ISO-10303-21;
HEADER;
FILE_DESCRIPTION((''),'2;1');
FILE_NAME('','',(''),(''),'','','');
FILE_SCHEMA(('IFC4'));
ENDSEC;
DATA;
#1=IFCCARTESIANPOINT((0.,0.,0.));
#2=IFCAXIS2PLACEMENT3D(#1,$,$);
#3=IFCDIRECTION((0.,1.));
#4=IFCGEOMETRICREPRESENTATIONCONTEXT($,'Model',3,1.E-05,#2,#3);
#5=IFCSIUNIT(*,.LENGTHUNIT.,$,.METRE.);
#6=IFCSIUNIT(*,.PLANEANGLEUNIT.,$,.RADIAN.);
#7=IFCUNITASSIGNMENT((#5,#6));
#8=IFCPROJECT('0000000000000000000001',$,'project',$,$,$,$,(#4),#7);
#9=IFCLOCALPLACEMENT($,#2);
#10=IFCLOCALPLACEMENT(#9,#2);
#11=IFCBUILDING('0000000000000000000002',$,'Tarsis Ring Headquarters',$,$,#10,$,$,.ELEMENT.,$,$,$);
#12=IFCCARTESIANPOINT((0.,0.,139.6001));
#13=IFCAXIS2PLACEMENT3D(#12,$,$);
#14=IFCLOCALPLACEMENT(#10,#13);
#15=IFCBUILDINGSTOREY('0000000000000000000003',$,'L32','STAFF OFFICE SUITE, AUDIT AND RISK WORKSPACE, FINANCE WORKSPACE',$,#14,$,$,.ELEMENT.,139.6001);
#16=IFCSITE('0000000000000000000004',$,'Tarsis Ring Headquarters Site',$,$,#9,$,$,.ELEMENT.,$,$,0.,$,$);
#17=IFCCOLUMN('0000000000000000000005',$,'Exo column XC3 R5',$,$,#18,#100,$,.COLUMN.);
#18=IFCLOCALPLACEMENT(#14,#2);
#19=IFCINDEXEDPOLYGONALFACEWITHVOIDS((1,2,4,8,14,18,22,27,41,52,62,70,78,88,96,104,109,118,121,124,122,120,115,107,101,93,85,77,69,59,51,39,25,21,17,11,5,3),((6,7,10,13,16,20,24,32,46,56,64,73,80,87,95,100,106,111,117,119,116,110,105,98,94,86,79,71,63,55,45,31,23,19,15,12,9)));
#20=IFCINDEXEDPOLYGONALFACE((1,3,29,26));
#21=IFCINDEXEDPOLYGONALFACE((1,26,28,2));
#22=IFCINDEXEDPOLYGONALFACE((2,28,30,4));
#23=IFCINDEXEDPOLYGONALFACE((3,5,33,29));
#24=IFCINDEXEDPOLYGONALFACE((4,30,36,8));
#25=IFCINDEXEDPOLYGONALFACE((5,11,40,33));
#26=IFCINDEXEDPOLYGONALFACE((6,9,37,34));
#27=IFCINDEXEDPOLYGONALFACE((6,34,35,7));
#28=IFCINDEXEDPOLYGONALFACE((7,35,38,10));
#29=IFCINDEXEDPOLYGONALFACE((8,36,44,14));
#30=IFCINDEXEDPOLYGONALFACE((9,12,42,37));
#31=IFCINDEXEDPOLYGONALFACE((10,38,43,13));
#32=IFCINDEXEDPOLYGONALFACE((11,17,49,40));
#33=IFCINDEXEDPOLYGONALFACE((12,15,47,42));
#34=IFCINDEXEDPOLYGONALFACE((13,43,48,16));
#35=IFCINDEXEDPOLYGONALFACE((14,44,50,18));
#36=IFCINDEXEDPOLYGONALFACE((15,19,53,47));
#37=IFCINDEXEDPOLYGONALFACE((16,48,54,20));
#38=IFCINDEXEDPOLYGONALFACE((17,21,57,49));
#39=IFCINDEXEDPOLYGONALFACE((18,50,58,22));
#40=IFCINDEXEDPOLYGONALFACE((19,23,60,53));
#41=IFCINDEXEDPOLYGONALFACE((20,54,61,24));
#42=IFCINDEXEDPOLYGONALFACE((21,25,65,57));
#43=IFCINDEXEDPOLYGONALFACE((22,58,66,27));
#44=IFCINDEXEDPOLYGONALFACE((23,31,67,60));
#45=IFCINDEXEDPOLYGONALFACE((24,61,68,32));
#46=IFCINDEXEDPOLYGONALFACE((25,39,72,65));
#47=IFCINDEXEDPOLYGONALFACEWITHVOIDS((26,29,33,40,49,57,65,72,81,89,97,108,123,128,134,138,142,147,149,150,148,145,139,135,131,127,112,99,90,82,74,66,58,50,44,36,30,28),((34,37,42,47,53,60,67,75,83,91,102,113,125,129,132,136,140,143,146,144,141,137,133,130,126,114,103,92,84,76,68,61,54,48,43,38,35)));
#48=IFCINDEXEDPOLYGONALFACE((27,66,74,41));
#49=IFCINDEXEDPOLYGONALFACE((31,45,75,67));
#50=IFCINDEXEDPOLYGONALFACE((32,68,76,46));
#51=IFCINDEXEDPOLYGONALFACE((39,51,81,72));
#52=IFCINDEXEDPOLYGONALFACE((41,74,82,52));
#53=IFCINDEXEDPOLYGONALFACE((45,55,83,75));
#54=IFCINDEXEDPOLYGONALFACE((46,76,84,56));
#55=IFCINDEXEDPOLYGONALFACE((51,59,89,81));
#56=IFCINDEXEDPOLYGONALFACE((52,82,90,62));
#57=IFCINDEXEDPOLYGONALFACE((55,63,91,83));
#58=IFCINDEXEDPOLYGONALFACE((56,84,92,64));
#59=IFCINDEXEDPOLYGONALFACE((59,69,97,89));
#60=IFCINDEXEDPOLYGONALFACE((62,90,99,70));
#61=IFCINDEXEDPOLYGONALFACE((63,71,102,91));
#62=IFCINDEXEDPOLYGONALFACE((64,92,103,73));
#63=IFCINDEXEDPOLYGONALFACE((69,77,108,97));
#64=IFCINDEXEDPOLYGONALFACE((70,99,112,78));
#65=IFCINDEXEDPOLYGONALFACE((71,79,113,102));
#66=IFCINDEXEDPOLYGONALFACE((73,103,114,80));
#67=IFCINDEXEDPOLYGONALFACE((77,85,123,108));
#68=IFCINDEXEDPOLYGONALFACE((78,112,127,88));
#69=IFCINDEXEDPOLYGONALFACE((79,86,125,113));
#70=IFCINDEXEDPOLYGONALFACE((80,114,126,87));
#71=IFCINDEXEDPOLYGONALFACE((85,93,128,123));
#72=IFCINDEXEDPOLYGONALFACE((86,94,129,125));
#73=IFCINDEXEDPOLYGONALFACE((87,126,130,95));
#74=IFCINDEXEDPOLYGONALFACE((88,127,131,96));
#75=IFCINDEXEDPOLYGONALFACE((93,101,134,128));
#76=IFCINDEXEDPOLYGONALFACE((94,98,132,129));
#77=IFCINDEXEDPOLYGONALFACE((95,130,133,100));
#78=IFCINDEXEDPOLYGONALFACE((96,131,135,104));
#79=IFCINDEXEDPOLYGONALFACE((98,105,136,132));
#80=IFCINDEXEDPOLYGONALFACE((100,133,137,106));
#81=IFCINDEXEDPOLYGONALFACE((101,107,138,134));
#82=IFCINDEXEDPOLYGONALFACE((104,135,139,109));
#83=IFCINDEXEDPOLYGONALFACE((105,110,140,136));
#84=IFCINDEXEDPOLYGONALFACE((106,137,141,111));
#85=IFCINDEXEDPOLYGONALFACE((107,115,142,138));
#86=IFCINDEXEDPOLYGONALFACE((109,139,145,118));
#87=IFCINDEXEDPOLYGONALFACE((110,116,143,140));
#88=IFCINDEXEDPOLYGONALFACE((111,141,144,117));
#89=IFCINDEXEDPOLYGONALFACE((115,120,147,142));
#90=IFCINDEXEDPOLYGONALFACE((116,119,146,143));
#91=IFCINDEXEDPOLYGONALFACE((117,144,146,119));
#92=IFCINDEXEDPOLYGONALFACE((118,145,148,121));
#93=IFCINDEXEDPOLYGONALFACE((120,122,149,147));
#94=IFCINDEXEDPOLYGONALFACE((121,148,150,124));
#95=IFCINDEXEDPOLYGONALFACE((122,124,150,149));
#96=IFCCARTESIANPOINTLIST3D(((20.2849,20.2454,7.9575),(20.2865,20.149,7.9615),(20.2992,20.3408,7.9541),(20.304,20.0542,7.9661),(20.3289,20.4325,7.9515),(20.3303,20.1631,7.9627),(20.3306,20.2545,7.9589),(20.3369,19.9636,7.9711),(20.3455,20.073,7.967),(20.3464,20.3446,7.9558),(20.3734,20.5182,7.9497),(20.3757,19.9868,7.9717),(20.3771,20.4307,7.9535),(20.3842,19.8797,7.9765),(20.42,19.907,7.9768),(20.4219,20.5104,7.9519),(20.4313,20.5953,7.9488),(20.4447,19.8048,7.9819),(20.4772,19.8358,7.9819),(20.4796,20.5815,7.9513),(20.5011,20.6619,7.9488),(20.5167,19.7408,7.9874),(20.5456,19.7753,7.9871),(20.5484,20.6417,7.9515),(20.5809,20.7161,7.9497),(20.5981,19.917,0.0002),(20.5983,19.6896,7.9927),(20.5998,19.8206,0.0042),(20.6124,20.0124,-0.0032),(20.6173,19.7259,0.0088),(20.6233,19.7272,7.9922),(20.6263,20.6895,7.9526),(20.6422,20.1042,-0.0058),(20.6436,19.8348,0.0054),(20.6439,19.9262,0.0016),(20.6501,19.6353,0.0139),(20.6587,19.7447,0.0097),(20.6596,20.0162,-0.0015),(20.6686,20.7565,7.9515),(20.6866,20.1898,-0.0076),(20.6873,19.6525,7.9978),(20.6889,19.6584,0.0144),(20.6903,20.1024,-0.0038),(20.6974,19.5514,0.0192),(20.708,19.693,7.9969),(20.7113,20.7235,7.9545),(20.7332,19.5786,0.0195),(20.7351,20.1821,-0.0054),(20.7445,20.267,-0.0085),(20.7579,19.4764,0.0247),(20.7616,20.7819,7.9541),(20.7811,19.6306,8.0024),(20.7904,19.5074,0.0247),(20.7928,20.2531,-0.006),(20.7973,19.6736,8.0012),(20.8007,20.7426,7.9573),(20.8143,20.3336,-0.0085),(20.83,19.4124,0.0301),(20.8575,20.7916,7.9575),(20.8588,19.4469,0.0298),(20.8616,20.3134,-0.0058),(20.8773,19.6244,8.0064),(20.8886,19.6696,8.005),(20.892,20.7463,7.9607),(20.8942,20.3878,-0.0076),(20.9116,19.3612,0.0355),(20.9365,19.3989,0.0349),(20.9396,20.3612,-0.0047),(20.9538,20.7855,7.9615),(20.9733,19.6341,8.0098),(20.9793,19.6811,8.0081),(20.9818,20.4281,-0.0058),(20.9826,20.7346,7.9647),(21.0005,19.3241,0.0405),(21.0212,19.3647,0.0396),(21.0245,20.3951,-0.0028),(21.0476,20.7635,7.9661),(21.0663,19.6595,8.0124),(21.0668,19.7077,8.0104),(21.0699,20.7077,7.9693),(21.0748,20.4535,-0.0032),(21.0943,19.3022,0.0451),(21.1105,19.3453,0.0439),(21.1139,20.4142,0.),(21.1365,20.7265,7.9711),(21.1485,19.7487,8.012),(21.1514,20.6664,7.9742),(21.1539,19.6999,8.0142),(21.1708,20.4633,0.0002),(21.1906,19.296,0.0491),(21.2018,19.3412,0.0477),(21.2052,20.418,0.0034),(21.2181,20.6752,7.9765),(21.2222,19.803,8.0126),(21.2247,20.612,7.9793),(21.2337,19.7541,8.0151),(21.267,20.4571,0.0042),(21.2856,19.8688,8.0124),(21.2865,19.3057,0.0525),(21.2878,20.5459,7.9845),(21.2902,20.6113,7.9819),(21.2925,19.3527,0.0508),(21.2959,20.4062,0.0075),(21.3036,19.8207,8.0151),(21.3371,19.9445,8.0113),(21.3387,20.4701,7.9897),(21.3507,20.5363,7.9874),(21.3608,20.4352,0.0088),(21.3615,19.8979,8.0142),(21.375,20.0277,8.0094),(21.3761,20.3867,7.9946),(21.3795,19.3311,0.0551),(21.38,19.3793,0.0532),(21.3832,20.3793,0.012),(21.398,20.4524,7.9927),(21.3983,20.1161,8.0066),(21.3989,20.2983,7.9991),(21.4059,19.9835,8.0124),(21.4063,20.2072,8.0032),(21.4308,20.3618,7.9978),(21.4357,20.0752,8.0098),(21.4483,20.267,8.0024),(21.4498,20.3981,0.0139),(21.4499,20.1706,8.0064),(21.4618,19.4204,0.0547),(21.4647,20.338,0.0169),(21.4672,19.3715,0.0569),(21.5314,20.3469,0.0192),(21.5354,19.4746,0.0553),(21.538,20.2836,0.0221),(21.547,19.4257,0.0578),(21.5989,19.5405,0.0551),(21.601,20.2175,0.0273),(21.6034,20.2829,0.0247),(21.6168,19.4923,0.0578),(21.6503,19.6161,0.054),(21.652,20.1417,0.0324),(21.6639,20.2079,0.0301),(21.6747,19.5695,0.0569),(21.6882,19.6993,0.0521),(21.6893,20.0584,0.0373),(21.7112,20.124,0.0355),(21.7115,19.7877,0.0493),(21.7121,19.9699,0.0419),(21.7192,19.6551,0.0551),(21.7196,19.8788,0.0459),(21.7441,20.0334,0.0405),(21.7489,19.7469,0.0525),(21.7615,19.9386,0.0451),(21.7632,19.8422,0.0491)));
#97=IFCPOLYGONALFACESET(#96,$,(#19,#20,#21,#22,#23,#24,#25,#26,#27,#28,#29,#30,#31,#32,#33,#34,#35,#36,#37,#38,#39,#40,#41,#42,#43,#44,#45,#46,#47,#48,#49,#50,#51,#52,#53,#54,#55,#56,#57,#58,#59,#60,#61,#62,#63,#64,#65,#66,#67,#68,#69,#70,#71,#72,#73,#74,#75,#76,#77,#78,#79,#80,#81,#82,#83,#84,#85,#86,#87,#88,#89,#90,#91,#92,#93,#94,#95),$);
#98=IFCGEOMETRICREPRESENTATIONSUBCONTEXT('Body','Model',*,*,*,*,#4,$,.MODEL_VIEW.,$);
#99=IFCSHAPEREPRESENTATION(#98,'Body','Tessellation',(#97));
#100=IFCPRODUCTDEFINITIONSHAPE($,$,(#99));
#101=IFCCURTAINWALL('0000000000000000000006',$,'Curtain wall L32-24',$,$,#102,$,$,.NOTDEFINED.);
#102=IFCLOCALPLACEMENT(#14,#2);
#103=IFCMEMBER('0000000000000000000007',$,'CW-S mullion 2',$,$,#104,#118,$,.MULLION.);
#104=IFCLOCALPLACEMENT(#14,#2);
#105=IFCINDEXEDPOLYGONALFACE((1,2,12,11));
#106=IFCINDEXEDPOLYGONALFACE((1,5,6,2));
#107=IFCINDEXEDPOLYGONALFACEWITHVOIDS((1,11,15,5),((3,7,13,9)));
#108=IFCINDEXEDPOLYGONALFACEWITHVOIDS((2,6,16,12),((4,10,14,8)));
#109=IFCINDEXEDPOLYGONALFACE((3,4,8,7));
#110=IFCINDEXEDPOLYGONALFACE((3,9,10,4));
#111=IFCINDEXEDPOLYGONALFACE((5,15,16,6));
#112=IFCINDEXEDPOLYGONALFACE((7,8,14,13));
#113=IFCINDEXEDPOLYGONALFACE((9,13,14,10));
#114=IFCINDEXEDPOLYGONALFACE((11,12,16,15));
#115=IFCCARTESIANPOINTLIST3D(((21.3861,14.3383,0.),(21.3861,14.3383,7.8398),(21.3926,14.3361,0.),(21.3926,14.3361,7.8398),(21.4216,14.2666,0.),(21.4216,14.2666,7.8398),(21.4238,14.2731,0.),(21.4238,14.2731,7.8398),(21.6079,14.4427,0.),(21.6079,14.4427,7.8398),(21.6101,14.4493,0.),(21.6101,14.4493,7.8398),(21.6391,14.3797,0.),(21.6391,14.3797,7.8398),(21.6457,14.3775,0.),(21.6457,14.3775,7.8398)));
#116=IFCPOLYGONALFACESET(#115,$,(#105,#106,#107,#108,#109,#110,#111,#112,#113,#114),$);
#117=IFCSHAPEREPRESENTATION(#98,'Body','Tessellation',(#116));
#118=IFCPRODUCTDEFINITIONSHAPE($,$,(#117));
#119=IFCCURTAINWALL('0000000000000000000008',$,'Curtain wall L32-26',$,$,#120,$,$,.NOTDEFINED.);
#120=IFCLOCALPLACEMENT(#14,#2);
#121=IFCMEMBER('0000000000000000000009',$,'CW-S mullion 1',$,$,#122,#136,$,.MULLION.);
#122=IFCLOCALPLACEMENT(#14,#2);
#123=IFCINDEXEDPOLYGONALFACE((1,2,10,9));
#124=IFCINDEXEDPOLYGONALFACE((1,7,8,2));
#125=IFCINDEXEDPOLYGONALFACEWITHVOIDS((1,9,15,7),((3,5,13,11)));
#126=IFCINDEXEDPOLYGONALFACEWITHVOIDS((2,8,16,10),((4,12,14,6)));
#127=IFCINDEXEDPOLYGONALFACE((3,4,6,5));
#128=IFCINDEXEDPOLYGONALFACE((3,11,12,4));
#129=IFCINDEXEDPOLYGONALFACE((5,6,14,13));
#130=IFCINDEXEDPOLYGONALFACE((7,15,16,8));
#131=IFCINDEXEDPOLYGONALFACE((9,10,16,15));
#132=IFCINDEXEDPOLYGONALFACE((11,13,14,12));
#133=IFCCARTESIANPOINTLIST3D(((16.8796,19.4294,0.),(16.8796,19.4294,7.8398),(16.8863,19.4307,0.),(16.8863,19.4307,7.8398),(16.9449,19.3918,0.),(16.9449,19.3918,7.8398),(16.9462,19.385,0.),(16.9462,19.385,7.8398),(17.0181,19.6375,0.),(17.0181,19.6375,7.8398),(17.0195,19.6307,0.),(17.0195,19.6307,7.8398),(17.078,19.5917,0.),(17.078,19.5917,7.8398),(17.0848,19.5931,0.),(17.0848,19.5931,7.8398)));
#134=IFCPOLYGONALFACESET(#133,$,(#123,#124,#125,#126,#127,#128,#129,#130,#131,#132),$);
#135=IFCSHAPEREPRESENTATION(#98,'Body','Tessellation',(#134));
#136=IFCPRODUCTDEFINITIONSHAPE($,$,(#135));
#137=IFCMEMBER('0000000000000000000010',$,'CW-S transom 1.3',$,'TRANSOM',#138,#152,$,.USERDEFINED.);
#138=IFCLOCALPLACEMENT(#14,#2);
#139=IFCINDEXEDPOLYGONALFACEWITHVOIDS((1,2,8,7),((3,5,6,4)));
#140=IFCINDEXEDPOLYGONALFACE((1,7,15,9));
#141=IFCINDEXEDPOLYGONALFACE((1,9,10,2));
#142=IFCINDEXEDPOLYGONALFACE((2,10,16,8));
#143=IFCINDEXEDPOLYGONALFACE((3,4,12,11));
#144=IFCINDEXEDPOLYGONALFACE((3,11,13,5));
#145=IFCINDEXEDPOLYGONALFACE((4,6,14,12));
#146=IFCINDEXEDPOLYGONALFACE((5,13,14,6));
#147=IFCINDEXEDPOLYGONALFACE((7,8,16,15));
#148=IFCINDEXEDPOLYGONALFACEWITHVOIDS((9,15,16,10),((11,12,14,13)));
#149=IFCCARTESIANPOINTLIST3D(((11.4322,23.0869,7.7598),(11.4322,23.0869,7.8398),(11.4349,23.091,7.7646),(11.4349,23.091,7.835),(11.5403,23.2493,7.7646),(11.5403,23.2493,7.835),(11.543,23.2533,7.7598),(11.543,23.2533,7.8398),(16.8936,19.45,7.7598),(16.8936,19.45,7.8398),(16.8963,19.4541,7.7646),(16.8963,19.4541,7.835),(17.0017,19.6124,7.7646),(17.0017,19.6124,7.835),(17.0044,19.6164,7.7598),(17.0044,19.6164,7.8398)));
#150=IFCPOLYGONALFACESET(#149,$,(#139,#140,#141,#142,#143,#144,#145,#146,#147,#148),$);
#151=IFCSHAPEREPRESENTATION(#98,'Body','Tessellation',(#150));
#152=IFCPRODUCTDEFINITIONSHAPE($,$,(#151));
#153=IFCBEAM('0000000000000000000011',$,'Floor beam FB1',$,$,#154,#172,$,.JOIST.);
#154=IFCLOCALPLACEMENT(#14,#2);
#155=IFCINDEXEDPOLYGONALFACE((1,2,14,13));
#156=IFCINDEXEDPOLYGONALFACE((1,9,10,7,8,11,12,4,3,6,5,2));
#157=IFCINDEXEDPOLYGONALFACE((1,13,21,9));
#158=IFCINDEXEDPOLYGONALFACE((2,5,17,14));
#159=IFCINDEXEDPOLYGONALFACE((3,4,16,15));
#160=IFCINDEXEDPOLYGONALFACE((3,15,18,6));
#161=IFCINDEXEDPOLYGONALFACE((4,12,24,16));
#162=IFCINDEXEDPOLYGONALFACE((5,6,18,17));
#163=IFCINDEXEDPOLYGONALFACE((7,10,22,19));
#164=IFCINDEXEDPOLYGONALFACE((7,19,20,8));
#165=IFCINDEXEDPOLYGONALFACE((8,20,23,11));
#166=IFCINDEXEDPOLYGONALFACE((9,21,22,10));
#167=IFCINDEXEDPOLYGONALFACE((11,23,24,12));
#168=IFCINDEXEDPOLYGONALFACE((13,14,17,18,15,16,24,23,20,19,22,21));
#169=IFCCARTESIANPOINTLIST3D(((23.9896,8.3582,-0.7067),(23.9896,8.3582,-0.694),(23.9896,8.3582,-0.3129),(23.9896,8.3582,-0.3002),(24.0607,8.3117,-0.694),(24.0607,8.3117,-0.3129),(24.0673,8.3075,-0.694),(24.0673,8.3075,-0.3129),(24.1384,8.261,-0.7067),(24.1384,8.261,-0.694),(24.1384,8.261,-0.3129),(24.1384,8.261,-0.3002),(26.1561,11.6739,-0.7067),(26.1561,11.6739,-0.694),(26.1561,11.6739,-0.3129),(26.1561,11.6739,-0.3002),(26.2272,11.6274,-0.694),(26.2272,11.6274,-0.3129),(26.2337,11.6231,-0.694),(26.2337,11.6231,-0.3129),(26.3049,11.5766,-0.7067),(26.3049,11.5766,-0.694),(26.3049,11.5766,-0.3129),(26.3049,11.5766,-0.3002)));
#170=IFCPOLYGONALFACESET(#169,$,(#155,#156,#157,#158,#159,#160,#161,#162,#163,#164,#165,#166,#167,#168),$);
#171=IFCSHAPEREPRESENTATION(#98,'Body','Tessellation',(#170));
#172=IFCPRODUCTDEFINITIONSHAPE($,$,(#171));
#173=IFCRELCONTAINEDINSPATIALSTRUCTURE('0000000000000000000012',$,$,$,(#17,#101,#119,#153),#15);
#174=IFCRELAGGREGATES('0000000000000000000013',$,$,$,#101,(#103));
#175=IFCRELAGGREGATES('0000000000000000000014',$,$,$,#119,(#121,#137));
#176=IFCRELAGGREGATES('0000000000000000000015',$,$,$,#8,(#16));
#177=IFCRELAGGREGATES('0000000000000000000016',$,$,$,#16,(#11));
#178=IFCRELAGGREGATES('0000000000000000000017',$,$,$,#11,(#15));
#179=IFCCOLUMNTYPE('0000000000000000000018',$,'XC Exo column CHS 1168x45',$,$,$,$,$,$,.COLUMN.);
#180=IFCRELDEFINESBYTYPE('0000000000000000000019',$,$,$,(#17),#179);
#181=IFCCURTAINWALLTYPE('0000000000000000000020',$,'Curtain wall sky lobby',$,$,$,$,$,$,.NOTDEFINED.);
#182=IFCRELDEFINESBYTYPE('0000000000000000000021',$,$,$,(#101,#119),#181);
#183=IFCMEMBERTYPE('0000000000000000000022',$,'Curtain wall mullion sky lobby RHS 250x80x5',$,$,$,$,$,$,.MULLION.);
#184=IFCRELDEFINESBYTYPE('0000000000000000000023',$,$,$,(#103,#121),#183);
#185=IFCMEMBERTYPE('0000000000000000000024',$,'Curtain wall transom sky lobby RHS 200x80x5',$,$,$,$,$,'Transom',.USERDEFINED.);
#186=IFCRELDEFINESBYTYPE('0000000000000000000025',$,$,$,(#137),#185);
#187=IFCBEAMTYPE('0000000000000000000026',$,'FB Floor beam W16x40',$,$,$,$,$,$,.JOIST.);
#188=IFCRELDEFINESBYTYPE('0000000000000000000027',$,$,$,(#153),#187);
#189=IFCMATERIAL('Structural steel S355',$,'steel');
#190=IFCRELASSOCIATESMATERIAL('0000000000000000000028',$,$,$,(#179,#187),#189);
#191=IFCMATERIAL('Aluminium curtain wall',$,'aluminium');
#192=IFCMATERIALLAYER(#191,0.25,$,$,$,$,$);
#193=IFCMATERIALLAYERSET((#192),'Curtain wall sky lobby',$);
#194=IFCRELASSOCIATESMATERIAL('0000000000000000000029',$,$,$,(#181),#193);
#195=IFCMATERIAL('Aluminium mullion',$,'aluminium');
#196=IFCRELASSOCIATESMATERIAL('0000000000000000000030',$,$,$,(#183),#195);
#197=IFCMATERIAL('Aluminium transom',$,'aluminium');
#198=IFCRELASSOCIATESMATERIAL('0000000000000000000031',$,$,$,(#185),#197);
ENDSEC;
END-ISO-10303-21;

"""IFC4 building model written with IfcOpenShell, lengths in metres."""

from ifc_helpers import new_model, si_unit, direction, frame, origin, origin_2d, place, context, subcontext, project, spatial, hollow_rectangle, hollow_circle, i_section, extrude, material, layer, layer_set, material_profile, profile_set, type_object, element, aggregate, save


model = new_model("IFC4")

# Units and contexts
model_context = context("Model", 3, precision=1e-05, world=origin(), true_north=direction((0.0, 1.0)))
body_context = subcontext(model_context, "Body", "Model", "MODEL_VIEW")
ifc_project = project(units=[si_unit("LENGTHUNIT", "METRE"), si_unit("PLANEANGLEUNIT", "RADIAN")], contexts=[model_context])

# Site, building, storey
site_placement = place(None, origin())
site = spatial("IfcSite", under=ifc_project, at=site_placement, Name="Tarsis Ring Headquarters Site", CompositionType="ELEMENT", RefElevation=0.0)
building_placement = place(site_placement, origin())
building = spatial("IfcBuilding", under=site, at=building_placement, Name="Tarsis Ring Headquarters", CompositionType="ELEMENT")
storey_placement = place(building_placement, frame((0.0, 0.0, 139.6001)))
storey = spatial("IfcBuildingStorey", under=building, at=storey_placement, Name="L32", Description="STAFF OFFICE SUITE, AUDIT AND RISK WORKSPACE, FINANCE WORKSPACE", CompositionType="ELEMENT", Elevation=139.6001)

# Column
ifc_material_1 = material(Name="Structural steel S355", Category="steel")
ifc_material_profile_1 = material_profile(ifc_material_1, hollow_circle(Radius=0.5842, WallThickness=0.0449, at=origin_2d()), Name="CHS 1168x45")
ifc_profile_set_1 = profile_set([ifc_material_profile_1], Name="Structural steel S355")
column_type = type_object("IfcColumnType", Name="XC Exo column CHS 1168x45", PredefinedType="COLUMN", material=ifc_profile_set_1)
column_placement = place(storey_placement, frame((21.1807, 19.8796, 0.0247), z_axis=(-0.0393, 0.0412, 0.998378), x_axis=(-0.723588, -0.690233, 0.0)))
element("IfcColumn", 1, at=column_placement, inside=storey, type_object=column_type, Name="Exo column XC3 R5", PredefinedType="COLUMN", context=body_context, shape_type="SweptSolid", body=[
    extrude(hollow_circle(Radius=0.5842, WallThickness=0.0449, at=origin_2d()), origin(), (0.0, 0.0, 1.0), 7.9702),
])

# Curtain wall, member
ifc_material_2 = material(Name="Aluminium curtain wall", Category="aluminium")
ifc_layer_1 = layer(ifc_material_2, 0.25)
ifc_layer_set_1 = layer_set([ifc_layer_1], Name="Curtain wall sky lobby")
curtain_wall_type = type_object("IfcCurtainWallType", Name="Curtain wall sky lobby", PredefinedType="NOTDEFINED", material=ifc_layer_set_1)
curtain_wall_1_placement = place(storey_placement, origin())
curtain_wall_1 = element("IfcCurtainWall", 2, at=curtain_wall_1_placement, inside=storey, type_object=curtain_wall_type, Name="Curtain wall L32-24", PredefinedType="NOTDEFINED")
ifc_material_3 = material(Name="Aluminium mullion", Category="aluminium")
ifc_material_profile_2 = material_profile(ifc_material_3, hollow_rectangle(XDim=0.25, YDim=0.0801, WallThickness=0.0049, at=origin_2d()), Name="RHS 250x80x5")
ifc_profile_set_2 = profile_set([ifc_material_profile_2], Name="Aluminium mullion")
member_type_1 = type_object("IfcMemberType", Name="Curtain wall mullion sky lobby RHS 250x80x5", PredefinedType="MULLION", material=ifc_profile_set_2)
member_1_placement = place(storey_placement, frame((21.5159, 14.3579, 0.0), z_axis=(0.0, 0.0, 1.0), x_axis=(-0.896177, -0.443697, 0.0)))
member_1 = element("IfcMember", 3, at=member_1_placement, type_object=member_type_1, Name="CW-S mullion 2", PredefinedType="MULLION", context=body_context, shape_type="SweptSolid", body=[
    extrude(hollow_rectangle(XDim=0.25, YDim=0.0801, WallThickness=0.0049, at=origin_2d()), origin(), (0.0, 0.0, 1.0), 7.8398),
])
aggregate(curtain_wall_1, [member_1])

# Curtain wall, members
curtain_wall_2_placement = place(storey_placement, origin())
curtain_wall_2 = element("IfcCurtainWall", 4, at=curtain_wall_2_placement, inside=storey, type_object=curtain_wall_type, Name="Curtain wall L32-26", PredefinedType="NOTDEFINED")
member_2_placement = place(storey_placement, frame((16.9822, 19.5112, 0.0), z_axis=(0.0, 0.0, 1.0), x_axis=(-0.554263, -0.832341, 0.0)))
member_2 = element("IfcMember", 5, at=member_2_placement, type_object=member_type_1, Name="CW-S mullion 1", PredefinedType="MULLION", context=body_context, shape_type="SweptSolid", body=[
    extrude(hollow_rectangle(XDim=0.25, YDim=0.0801, WallThickness=0.0049, at=origin_2d()), origin(), (0.0, 0.0, 1.0), 7.8398),
])
ifc_material_4 = material(Name="Aluminium transom", Category="aluminium")
ifc_material_profile_3 = material_profile(ifc_material_4, hollow_rectangle(XDim=0.2, YDim=0.0801, WallThickness=0.0049, at=origin_2d()), Name="RHS 200x80x5")
ifc_profile_set_3 = profile_set([ifc_material_profile_3], Name="Aluminium transom")
member_type_2 = type_object("IfcMemberType", Name="Curtain wall transom sky lobby RHS 200x80x5", ElementType="Transom", PredefinedType="USERDEFINED", material=ifc_profile_set_3)
member_3_placement = place(storey_placement, frame((16.949, 19.5332, 7.7998), z_axis=(-0.832331, 0.554279, 0.0), x_axis=(-0.554279, -0.832331, 0.0)))
member_3 = element("IfcMember", 6, at=member_3_placement, type_object=member_type_2, Name="CW-S transom 1.3", ObjectType="TRANSOM", PredefinedType="USERDEFINED", context=body_context, shape_type="SweptSolid", body=[
    extrude(hollow_rectangle(XDim=0.2, YDim=0.0801, WallThickness=0.0049, at=origin_2d()), origin(), (0.0, 0.0, 1.0), 6.5615),
])
aggregate(curtain_wall_2, [member_2, member_3])

# Beam
ifc_material_profile_4 = material_profile(ifc_material_1, i_section(OverallWidth=0.1777, OverallDepth=0.4065, WebThickness=0.0078, FlangeThickness=0.0127, at=origin_2d()), Name="W16x40")
ifc_profile_set_4 = profile_set([ifc_material_profile_4], Name="Structural steel S355")
beam_type_1 = type_object("IfcBeamType", Name="FB Floor beam W16x40", PredefinedType="JOIST", material=ifc_profile_set_4)
beam_1_placement = place(storey_placement, frame((26.2305, 11.6252, -0.5034), z_axis=(-0.546995, -0.837136, 0.0), x_axis=(0.837136, -0.546995, 0.0)))
element("IfcBeam", 7, at=beam_1_placement, inside=storey, type_object=beam_type_1, Name="Floor beam FB1", PredefinedType="JOIST", context=body_context, shape_type="SweptSolid", body=[
    extrude(i_section(OverallWidth=0.1777, OverallDepth=0.4065, WebThickness=0.0078, FlangeThickness=0.0127, at=origin_2d()), origin(), (0.0, 0.0, 1.0), 3.9607),
])

save(model, "model.ifc")
